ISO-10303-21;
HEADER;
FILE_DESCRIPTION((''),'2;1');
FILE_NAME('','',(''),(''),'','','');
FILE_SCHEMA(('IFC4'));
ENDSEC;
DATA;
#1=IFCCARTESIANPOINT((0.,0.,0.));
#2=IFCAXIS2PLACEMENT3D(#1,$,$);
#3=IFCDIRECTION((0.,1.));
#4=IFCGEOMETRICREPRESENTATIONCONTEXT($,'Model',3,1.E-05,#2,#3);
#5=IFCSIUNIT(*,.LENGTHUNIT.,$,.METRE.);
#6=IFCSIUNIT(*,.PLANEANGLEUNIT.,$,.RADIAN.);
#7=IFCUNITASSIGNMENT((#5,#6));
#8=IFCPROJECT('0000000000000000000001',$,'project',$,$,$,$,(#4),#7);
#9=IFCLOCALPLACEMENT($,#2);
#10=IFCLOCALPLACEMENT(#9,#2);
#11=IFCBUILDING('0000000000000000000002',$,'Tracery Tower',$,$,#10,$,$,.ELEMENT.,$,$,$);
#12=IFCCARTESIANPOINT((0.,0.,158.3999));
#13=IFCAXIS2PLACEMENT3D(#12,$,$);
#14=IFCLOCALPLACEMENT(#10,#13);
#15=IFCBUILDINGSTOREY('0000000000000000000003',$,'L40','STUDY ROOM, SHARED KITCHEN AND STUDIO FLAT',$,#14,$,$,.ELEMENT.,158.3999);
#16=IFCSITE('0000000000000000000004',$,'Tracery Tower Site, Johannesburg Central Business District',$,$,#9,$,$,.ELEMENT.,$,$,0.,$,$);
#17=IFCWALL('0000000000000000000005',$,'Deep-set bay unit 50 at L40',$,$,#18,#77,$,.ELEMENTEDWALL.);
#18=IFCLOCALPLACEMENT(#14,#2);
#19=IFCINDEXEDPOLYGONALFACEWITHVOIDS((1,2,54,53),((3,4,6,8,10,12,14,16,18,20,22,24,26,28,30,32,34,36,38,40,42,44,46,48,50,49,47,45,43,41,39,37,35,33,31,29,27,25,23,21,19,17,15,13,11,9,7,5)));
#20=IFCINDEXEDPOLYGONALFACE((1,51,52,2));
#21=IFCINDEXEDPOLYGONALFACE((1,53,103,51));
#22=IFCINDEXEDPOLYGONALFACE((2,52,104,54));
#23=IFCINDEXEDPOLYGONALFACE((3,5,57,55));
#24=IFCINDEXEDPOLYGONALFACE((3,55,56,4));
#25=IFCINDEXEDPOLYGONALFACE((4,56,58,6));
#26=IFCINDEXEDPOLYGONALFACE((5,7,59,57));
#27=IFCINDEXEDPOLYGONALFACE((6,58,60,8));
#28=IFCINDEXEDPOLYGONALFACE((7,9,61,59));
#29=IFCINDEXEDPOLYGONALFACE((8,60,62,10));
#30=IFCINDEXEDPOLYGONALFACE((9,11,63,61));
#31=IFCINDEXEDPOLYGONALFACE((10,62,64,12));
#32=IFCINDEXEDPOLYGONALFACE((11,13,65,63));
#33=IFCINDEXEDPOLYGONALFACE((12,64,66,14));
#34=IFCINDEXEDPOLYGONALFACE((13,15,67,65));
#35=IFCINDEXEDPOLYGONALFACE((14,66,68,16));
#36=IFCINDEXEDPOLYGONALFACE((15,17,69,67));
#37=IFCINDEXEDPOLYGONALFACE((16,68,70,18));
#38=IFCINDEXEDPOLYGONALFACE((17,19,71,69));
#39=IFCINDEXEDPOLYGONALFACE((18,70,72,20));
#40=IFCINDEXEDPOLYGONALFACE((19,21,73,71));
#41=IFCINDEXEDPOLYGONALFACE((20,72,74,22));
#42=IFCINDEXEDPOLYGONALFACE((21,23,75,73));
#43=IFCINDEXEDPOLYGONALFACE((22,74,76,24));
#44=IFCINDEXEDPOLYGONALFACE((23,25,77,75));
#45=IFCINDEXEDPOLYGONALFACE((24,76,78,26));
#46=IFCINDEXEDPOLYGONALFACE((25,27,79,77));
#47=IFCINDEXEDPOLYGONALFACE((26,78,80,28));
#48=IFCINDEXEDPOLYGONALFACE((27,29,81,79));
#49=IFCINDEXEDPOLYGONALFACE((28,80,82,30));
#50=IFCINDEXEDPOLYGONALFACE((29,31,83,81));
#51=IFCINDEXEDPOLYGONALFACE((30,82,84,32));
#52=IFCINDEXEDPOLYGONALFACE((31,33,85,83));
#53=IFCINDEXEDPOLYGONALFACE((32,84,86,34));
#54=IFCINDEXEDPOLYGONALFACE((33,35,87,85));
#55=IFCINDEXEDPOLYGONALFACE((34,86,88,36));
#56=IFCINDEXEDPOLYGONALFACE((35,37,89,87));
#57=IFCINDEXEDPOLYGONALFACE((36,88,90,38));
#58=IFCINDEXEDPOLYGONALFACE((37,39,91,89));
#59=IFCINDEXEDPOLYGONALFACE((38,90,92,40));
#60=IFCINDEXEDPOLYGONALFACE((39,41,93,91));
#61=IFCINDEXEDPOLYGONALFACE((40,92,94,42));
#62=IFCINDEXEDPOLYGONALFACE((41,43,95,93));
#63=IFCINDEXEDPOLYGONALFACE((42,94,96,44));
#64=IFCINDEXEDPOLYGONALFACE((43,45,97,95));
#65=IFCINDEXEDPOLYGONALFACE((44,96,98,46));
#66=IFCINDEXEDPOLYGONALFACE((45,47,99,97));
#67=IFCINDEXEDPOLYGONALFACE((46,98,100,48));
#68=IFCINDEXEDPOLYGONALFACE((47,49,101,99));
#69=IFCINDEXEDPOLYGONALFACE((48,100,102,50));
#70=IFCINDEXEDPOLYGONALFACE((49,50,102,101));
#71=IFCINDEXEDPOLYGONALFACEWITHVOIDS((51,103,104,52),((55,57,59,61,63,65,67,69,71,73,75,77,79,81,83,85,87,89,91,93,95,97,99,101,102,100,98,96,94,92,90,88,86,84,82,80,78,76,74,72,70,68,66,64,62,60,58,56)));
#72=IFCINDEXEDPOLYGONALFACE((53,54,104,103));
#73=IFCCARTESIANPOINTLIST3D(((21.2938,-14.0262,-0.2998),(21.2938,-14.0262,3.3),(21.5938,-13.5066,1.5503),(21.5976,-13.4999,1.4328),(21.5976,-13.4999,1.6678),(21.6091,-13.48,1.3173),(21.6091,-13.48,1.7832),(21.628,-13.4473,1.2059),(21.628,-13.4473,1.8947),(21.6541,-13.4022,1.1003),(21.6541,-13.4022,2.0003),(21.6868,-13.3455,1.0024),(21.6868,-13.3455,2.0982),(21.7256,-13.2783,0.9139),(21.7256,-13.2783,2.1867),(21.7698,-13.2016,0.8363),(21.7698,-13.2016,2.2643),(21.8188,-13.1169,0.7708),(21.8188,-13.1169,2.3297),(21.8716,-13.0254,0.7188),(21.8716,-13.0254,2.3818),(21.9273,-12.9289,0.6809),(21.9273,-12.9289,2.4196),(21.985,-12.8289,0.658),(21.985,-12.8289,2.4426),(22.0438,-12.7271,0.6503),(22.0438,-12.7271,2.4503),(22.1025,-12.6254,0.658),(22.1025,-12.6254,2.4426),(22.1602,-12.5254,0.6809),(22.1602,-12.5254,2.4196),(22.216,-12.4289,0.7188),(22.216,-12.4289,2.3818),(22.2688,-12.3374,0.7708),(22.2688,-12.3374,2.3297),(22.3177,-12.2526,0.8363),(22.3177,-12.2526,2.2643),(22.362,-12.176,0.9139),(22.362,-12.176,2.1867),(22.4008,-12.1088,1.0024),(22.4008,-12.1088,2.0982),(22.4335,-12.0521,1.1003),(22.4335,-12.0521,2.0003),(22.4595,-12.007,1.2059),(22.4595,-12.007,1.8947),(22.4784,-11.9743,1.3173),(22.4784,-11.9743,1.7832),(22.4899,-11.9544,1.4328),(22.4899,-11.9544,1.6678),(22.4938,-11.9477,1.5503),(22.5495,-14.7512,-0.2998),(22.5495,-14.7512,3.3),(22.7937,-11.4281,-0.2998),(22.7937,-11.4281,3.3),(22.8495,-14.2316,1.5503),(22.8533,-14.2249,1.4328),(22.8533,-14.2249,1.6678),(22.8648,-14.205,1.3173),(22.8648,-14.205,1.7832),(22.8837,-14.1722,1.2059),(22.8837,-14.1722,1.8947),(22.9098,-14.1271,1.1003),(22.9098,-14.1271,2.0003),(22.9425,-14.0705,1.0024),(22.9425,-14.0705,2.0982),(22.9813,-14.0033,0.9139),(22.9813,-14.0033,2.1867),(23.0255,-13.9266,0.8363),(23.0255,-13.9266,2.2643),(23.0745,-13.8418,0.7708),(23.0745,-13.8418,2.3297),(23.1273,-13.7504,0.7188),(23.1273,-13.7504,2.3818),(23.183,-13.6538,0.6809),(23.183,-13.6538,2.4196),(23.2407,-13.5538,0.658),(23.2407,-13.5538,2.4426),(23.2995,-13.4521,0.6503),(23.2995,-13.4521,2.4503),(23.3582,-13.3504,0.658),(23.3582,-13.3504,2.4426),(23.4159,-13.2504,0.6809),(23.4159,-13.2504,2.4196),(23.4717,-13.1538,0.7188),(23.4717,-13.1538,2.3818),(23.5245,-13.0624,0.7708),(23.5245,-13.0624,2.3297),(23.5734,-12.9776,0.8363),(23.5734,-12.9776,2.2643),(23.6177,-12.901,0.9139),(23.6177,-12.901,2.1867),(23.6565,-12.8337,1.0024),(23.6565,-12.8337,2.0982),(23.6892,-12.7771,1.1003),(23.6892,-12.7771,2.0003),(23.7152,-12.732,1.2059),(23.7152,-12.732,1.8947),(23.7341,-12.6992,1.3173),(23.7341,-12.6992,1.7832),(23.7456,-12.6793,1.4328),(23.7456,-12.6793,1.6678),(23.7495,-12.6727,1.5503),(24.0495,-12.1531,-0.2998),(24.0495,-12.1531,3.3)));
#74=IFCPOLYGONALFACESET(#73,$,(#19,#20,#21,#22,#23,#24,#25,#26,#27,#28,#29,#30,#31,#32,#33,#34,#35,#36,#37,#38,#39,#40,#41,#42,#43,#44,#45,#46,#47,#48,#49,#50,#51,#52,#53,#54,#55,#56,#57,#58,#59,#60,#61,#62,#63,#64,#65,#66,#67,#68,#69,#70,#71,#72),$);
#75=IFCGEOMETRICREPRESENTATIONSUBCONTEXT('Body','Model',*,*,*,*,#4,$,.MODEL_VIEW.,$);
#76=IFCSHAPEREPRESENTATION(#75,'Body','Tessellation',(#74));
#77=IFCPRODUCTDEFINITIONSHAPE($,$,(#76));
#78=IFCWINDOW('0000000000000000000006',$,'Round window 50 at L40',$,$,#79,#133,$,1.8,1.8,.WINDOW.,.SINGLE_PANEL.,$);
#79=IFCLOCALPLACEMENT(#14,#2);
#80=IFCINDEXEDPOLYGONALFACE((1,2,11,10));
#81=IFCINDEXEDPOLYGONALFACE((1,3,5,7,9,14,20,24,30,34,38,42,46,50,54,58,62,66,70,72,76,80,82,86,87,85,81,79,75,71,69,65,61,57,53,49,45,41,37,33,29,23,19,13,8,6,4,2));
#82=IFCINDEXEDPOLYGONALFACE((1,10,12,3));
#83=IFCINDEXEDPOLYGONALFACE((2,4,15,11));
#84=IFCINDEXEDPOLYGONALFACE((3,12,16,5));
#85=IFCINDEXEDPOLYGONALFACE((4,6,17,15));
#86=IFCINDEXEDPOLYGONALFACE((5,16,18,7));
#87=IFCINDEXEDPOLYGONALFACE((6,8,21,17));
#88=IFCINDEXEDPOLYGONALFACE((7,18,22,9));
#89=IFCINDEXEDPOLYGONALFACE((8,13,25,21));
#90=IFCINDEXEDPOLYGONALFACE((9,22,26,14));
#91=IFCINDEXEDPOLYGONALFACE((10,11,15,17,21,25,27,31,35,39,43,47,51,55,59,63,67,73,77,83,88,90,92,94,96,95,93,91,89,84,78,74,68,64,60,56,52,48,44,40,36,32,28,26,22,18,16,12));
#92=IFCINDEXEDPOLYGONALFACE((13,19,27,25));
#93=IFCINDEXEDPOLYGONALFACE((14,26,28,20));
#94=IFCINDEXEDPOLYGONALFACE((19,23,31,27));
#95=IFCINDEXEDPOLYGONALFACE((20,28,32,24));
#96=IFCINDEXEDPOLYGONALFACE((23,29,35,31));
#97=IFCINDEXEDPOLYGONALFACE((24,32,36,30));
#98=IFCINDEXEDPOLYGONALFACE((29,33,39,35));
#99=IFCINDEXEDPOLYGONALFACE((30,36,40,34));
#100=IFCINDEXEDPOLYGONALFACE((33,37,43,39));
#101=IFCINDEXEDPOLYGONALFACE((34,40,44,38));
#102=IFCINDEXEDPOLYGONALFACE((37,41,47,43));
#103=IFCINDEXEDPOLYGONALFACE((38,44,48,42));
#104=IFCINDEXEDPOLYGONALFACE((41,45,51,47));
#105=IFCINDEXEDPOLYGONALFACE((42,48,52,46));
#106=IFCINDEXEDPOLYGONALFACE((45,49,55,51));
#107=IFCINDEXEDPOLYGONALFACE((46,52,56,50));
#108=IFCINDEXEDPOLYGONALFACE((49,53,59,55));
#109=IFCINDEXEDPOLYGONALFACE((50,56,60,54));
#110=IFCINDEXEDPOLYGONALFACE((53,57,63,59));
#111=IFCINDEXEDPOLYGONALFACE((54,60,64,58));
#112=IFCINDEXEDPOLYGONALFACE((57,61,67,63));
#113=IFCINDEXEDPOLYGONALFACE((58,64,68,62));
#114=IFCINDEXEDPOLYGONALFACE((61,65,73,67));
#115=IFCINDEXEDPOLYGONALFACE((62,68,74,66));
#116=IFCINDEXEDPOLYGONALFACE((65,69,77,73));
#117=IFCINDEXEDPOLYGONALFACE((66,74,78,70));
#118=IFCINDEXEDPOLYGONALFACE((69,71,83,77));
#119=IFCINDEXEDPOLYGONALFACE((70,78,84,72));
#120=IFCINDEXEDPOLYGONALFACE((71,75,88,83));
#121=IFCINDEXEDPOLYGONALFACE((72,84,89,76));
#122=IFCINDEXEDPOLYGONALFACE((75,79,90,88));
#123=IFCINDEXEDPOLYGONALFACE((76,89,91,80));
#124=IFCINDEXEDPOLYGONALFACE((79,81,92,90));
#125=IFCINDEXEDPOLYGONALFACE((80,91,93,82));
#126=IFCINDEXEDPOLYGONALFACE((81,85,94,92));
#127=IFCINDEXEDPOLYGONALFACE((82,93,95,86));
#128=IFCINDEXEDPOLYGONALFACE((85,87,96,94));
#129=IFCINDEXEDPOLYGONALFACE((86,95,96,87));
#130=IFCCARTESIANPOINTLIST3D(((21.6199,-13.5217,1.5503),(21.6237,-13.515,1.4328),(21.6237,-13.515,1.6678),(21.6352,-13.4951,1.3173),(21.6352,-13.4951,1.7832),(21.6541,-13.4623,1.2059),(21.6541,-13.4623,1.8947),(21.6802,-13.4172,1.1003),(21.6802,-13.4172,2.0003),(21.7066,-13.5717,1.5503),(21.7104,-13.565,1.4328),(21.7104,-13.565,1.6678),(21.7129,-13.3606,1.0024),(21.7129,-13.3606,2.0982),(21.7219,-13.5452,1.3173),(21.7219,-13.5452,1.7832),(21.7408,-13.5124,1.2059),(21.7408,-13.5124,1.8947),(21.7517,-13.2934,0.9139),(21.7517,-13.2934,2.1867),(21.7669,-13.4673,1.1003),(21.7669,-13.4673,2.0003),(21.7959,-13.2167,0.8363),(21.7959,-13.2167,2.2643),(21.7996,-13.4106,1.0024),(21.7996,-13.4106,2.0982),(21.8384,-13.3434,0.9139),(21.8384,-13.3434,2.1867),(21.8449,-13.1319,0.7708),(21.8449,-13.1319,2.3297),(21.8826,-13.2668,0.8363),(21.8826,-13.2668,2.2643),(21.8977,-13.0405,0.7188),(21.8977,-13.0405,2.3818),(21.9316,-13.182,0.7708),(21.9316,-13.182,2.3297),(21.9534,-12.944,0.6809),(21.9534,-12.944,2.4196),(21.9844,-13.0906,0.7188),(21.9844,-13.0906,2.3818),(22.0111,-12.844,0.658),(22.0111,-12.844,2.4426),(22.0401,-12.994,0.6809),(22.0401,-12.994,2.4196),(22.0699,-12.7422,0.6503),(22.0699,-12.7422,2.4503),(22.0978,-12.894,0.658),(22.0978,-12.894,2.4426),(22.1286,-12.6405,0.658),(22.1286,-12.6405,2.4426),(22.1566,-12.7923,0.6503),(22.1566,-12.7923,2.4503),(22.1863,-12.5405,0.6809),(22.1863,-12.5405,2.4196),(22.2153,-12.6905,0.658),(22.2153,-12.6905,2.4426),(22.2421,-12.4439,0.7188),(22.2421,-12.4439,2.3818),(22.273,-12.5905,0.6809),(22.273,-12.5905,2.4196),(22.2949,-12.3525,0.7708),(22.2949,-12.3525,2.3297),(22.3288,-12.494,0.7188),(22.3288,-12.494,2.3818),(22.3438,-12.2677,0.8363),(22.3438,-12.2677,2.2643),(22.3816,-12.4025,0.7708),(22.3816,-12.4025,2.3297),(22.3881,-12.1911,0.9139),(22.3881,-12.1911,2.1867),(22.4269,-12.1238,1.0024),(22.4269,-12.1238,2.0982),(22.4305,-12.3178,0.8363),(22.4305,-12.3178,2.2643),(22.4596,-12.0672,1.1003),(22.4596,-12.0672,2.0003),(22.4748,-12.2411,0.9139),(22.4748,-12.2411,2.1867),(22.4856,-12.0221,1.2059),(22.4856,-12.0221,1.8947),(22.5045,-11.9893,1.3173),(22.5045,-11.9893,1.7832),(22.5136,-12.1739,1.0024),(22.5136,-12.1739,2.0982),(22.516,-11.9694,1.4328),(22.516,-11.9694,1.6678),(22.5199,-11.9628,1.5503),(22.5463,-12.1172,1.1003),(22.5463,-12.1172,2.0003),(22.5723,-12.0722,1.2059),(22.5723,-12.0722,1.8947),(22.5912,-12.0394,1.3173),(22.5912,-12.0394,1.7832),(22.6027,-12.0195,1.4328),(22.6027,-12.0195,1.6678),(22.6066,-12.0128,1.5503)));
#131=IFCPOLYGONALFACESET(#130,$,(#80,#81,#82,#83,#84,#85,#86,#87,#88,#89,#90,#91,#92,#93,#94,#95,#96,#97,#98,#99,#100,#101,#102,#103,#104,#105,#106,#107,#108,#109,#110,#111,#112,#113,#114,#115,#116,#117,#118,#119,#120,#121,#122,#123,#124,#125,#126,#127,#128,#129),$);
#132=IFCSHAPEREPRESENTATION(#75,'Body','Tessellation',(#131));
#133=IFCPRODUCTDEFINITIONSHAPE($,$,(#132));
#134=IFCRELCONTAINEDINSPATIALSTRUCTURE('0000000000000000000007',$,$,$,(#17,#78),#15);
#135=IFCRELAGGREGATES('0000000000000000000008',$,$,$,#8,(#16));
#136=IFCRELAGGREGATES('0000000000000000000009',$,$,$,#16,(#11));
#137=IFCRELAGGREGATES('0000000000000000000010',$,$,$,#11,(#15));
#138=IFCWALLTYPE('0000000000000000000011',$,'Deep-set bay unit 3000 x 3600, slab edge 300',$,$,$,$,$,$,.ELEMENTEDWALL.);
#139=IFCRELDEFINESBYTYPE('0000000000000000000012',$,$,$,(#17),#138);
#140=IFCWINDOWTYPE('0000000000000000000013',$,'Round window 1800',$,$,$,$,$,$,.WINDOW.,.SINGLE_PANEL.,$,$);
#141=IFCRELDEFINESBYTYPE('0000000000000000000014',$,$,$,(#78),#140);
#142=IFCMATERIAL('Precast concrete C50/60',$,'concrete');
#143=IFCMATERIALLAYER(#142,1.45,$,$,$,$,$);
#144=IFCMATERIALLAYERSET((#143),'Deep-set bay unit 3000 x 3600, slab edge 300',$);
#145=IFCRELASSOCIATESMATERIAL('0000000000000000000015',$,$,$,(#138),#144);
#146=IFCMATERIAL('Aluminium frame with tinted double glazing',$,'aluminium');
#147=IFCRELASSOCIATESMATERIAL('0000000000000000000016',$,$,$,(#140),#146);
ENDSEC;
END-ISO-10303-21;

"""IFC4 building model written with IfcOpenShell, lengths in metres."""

from ifc_helpers import new_model, si_unit, direction, frame, frame_2d, origin, origin_2d, place, context, subcontext, project, spatial, rectangle, circle, extrude, material, layer, layer_set, type_object, element, fill, save


model = new_model("IFC4")

# Units and contexts
model_context = context("Model", 3, precision=1e-05, world=origin(), true_north=direction((0.0, 1.0)))
body_context = subcontext(model_context, "Body", "Model", "MODEL_VIEW")
ifc_project = project(units=[si_unit("LENGTHUNIT", "METRE"), si_unit("PLANEANGLEUNIT", "RADIAN")], contexts=[model_context])

# Site, building, storey
site_placement = place(None, origin())
site = spatial("IfcSite", under=ifc_project, at=site_placement, Name="Tracery Tower Site, Johannesburg Central Business District", CompositionType="ELEMENT", RefElevation=0.0)
building_placement = place(site_placement, origin())
building = spatial("IfcBuilding", under=site, at=building_placement, Name="Tracery Tower", CompositionType="ELEMENT")
storey_placement = place(building_placement, frame((0.0, 0.0, 158.3999)))
storey = spatial("IfcBuildingStorey", under=building, at=storey_placement, Name="L40", Description="STUDY ROOM, SHARED KITCHEN AND STUDIO FLAT", CompositionType="ELEMENT", Elevation=158.3999)

# Wall, opening, window
ifc_material_1 = material(Name="Precast concrete C50/60", Category="concrete")
ifc_layer_1 = layer(ifc_material_1, 1.45)
ifc_layer_set_1 = layer_set([ifc_layer_1], Name="Deep-set bay unit 3000 x 3600, slab edge 300")
wall_type_1 = type_object("IfcWallType", Name="Deep-set bay unit 3000 x 3600, slab edge 300", PredefinedType="ELEMENTEDWALL", material=ifc_layer_set_1)
ifc_material_2 = material(Name="Aluminium frame with tinted double glazing", Category="aluminium")
window_type = type_object("IfcWindowType", Name="Round window 1800", PartitioningType="SINGLE_PANEL", PredefinedType="WINDOW", material=ifc_material_2)
wall_1_placement = place(storey_placement, frame((21.9216, -14.3887, -0.2998), z_axis=(0.0, 0.0, 1.0), x_axis=(0.49999, 0.866031, 0.0)))
wall_1 = element("IfcWall", 1, at=wall_1_placement, inside=storey, type_object=wall_type_1, Name="Deep-set bay unit 50 at L40", PredefinedType="ELEMENTEDWALL", context=body_context, shape_type="SweptSolid", body=[
    extrude(rectangle(XDim=3.0, YDim=1.45, at=frame_2d((1.5, 0.0))), origin(), (0.0, 0.0, 1.0), 3.5999),
])
opening_1_placement = place(wall_1_placement, frame((1.5, 0.0, 1.8501)))
opening_1 = element("IfcOpeningElement", 2, at=opening_1_placement, cuts=wall_1, PredefinedType="OPENING", context=body_context, shape_type="SweptSolid", body=[
    extrude(circle(Radius=0.9, at=origin_2d()), frame((0.0, 0.7349, 0.0), z_axis=(0.0, -1.0, 0.0), x_axis=(1.0, 0.0, 0.0)), (0.0, 0.0, 1.0), 1.47),
])
window_1_placement = place(opening_1_placement, origin())
window_1 = element("IfcWindow", 3, at=window_1_placement, inside=storey, type_object=window_type, Name="Round window 50 at L40", OverallHeight=1.8, OverallWidth=1.8, PartitioningType="SINGLE_PANEL", PredefinedType="WINDOW", context=body_context, shape_type="SweptSolid", body=[
    extrude(circle(Radius=0.9, at=origin_2d()), frame((0.0, 0.6948, 0.0), z_axis=(0.0, -1.0, 0.0), x_axis=(1.0, 0.0, 0.0)), (0.0, 0.0, 1.0), 0.1001),
])
fill(opening_1, window_1)

save(model, "model.ifc")
